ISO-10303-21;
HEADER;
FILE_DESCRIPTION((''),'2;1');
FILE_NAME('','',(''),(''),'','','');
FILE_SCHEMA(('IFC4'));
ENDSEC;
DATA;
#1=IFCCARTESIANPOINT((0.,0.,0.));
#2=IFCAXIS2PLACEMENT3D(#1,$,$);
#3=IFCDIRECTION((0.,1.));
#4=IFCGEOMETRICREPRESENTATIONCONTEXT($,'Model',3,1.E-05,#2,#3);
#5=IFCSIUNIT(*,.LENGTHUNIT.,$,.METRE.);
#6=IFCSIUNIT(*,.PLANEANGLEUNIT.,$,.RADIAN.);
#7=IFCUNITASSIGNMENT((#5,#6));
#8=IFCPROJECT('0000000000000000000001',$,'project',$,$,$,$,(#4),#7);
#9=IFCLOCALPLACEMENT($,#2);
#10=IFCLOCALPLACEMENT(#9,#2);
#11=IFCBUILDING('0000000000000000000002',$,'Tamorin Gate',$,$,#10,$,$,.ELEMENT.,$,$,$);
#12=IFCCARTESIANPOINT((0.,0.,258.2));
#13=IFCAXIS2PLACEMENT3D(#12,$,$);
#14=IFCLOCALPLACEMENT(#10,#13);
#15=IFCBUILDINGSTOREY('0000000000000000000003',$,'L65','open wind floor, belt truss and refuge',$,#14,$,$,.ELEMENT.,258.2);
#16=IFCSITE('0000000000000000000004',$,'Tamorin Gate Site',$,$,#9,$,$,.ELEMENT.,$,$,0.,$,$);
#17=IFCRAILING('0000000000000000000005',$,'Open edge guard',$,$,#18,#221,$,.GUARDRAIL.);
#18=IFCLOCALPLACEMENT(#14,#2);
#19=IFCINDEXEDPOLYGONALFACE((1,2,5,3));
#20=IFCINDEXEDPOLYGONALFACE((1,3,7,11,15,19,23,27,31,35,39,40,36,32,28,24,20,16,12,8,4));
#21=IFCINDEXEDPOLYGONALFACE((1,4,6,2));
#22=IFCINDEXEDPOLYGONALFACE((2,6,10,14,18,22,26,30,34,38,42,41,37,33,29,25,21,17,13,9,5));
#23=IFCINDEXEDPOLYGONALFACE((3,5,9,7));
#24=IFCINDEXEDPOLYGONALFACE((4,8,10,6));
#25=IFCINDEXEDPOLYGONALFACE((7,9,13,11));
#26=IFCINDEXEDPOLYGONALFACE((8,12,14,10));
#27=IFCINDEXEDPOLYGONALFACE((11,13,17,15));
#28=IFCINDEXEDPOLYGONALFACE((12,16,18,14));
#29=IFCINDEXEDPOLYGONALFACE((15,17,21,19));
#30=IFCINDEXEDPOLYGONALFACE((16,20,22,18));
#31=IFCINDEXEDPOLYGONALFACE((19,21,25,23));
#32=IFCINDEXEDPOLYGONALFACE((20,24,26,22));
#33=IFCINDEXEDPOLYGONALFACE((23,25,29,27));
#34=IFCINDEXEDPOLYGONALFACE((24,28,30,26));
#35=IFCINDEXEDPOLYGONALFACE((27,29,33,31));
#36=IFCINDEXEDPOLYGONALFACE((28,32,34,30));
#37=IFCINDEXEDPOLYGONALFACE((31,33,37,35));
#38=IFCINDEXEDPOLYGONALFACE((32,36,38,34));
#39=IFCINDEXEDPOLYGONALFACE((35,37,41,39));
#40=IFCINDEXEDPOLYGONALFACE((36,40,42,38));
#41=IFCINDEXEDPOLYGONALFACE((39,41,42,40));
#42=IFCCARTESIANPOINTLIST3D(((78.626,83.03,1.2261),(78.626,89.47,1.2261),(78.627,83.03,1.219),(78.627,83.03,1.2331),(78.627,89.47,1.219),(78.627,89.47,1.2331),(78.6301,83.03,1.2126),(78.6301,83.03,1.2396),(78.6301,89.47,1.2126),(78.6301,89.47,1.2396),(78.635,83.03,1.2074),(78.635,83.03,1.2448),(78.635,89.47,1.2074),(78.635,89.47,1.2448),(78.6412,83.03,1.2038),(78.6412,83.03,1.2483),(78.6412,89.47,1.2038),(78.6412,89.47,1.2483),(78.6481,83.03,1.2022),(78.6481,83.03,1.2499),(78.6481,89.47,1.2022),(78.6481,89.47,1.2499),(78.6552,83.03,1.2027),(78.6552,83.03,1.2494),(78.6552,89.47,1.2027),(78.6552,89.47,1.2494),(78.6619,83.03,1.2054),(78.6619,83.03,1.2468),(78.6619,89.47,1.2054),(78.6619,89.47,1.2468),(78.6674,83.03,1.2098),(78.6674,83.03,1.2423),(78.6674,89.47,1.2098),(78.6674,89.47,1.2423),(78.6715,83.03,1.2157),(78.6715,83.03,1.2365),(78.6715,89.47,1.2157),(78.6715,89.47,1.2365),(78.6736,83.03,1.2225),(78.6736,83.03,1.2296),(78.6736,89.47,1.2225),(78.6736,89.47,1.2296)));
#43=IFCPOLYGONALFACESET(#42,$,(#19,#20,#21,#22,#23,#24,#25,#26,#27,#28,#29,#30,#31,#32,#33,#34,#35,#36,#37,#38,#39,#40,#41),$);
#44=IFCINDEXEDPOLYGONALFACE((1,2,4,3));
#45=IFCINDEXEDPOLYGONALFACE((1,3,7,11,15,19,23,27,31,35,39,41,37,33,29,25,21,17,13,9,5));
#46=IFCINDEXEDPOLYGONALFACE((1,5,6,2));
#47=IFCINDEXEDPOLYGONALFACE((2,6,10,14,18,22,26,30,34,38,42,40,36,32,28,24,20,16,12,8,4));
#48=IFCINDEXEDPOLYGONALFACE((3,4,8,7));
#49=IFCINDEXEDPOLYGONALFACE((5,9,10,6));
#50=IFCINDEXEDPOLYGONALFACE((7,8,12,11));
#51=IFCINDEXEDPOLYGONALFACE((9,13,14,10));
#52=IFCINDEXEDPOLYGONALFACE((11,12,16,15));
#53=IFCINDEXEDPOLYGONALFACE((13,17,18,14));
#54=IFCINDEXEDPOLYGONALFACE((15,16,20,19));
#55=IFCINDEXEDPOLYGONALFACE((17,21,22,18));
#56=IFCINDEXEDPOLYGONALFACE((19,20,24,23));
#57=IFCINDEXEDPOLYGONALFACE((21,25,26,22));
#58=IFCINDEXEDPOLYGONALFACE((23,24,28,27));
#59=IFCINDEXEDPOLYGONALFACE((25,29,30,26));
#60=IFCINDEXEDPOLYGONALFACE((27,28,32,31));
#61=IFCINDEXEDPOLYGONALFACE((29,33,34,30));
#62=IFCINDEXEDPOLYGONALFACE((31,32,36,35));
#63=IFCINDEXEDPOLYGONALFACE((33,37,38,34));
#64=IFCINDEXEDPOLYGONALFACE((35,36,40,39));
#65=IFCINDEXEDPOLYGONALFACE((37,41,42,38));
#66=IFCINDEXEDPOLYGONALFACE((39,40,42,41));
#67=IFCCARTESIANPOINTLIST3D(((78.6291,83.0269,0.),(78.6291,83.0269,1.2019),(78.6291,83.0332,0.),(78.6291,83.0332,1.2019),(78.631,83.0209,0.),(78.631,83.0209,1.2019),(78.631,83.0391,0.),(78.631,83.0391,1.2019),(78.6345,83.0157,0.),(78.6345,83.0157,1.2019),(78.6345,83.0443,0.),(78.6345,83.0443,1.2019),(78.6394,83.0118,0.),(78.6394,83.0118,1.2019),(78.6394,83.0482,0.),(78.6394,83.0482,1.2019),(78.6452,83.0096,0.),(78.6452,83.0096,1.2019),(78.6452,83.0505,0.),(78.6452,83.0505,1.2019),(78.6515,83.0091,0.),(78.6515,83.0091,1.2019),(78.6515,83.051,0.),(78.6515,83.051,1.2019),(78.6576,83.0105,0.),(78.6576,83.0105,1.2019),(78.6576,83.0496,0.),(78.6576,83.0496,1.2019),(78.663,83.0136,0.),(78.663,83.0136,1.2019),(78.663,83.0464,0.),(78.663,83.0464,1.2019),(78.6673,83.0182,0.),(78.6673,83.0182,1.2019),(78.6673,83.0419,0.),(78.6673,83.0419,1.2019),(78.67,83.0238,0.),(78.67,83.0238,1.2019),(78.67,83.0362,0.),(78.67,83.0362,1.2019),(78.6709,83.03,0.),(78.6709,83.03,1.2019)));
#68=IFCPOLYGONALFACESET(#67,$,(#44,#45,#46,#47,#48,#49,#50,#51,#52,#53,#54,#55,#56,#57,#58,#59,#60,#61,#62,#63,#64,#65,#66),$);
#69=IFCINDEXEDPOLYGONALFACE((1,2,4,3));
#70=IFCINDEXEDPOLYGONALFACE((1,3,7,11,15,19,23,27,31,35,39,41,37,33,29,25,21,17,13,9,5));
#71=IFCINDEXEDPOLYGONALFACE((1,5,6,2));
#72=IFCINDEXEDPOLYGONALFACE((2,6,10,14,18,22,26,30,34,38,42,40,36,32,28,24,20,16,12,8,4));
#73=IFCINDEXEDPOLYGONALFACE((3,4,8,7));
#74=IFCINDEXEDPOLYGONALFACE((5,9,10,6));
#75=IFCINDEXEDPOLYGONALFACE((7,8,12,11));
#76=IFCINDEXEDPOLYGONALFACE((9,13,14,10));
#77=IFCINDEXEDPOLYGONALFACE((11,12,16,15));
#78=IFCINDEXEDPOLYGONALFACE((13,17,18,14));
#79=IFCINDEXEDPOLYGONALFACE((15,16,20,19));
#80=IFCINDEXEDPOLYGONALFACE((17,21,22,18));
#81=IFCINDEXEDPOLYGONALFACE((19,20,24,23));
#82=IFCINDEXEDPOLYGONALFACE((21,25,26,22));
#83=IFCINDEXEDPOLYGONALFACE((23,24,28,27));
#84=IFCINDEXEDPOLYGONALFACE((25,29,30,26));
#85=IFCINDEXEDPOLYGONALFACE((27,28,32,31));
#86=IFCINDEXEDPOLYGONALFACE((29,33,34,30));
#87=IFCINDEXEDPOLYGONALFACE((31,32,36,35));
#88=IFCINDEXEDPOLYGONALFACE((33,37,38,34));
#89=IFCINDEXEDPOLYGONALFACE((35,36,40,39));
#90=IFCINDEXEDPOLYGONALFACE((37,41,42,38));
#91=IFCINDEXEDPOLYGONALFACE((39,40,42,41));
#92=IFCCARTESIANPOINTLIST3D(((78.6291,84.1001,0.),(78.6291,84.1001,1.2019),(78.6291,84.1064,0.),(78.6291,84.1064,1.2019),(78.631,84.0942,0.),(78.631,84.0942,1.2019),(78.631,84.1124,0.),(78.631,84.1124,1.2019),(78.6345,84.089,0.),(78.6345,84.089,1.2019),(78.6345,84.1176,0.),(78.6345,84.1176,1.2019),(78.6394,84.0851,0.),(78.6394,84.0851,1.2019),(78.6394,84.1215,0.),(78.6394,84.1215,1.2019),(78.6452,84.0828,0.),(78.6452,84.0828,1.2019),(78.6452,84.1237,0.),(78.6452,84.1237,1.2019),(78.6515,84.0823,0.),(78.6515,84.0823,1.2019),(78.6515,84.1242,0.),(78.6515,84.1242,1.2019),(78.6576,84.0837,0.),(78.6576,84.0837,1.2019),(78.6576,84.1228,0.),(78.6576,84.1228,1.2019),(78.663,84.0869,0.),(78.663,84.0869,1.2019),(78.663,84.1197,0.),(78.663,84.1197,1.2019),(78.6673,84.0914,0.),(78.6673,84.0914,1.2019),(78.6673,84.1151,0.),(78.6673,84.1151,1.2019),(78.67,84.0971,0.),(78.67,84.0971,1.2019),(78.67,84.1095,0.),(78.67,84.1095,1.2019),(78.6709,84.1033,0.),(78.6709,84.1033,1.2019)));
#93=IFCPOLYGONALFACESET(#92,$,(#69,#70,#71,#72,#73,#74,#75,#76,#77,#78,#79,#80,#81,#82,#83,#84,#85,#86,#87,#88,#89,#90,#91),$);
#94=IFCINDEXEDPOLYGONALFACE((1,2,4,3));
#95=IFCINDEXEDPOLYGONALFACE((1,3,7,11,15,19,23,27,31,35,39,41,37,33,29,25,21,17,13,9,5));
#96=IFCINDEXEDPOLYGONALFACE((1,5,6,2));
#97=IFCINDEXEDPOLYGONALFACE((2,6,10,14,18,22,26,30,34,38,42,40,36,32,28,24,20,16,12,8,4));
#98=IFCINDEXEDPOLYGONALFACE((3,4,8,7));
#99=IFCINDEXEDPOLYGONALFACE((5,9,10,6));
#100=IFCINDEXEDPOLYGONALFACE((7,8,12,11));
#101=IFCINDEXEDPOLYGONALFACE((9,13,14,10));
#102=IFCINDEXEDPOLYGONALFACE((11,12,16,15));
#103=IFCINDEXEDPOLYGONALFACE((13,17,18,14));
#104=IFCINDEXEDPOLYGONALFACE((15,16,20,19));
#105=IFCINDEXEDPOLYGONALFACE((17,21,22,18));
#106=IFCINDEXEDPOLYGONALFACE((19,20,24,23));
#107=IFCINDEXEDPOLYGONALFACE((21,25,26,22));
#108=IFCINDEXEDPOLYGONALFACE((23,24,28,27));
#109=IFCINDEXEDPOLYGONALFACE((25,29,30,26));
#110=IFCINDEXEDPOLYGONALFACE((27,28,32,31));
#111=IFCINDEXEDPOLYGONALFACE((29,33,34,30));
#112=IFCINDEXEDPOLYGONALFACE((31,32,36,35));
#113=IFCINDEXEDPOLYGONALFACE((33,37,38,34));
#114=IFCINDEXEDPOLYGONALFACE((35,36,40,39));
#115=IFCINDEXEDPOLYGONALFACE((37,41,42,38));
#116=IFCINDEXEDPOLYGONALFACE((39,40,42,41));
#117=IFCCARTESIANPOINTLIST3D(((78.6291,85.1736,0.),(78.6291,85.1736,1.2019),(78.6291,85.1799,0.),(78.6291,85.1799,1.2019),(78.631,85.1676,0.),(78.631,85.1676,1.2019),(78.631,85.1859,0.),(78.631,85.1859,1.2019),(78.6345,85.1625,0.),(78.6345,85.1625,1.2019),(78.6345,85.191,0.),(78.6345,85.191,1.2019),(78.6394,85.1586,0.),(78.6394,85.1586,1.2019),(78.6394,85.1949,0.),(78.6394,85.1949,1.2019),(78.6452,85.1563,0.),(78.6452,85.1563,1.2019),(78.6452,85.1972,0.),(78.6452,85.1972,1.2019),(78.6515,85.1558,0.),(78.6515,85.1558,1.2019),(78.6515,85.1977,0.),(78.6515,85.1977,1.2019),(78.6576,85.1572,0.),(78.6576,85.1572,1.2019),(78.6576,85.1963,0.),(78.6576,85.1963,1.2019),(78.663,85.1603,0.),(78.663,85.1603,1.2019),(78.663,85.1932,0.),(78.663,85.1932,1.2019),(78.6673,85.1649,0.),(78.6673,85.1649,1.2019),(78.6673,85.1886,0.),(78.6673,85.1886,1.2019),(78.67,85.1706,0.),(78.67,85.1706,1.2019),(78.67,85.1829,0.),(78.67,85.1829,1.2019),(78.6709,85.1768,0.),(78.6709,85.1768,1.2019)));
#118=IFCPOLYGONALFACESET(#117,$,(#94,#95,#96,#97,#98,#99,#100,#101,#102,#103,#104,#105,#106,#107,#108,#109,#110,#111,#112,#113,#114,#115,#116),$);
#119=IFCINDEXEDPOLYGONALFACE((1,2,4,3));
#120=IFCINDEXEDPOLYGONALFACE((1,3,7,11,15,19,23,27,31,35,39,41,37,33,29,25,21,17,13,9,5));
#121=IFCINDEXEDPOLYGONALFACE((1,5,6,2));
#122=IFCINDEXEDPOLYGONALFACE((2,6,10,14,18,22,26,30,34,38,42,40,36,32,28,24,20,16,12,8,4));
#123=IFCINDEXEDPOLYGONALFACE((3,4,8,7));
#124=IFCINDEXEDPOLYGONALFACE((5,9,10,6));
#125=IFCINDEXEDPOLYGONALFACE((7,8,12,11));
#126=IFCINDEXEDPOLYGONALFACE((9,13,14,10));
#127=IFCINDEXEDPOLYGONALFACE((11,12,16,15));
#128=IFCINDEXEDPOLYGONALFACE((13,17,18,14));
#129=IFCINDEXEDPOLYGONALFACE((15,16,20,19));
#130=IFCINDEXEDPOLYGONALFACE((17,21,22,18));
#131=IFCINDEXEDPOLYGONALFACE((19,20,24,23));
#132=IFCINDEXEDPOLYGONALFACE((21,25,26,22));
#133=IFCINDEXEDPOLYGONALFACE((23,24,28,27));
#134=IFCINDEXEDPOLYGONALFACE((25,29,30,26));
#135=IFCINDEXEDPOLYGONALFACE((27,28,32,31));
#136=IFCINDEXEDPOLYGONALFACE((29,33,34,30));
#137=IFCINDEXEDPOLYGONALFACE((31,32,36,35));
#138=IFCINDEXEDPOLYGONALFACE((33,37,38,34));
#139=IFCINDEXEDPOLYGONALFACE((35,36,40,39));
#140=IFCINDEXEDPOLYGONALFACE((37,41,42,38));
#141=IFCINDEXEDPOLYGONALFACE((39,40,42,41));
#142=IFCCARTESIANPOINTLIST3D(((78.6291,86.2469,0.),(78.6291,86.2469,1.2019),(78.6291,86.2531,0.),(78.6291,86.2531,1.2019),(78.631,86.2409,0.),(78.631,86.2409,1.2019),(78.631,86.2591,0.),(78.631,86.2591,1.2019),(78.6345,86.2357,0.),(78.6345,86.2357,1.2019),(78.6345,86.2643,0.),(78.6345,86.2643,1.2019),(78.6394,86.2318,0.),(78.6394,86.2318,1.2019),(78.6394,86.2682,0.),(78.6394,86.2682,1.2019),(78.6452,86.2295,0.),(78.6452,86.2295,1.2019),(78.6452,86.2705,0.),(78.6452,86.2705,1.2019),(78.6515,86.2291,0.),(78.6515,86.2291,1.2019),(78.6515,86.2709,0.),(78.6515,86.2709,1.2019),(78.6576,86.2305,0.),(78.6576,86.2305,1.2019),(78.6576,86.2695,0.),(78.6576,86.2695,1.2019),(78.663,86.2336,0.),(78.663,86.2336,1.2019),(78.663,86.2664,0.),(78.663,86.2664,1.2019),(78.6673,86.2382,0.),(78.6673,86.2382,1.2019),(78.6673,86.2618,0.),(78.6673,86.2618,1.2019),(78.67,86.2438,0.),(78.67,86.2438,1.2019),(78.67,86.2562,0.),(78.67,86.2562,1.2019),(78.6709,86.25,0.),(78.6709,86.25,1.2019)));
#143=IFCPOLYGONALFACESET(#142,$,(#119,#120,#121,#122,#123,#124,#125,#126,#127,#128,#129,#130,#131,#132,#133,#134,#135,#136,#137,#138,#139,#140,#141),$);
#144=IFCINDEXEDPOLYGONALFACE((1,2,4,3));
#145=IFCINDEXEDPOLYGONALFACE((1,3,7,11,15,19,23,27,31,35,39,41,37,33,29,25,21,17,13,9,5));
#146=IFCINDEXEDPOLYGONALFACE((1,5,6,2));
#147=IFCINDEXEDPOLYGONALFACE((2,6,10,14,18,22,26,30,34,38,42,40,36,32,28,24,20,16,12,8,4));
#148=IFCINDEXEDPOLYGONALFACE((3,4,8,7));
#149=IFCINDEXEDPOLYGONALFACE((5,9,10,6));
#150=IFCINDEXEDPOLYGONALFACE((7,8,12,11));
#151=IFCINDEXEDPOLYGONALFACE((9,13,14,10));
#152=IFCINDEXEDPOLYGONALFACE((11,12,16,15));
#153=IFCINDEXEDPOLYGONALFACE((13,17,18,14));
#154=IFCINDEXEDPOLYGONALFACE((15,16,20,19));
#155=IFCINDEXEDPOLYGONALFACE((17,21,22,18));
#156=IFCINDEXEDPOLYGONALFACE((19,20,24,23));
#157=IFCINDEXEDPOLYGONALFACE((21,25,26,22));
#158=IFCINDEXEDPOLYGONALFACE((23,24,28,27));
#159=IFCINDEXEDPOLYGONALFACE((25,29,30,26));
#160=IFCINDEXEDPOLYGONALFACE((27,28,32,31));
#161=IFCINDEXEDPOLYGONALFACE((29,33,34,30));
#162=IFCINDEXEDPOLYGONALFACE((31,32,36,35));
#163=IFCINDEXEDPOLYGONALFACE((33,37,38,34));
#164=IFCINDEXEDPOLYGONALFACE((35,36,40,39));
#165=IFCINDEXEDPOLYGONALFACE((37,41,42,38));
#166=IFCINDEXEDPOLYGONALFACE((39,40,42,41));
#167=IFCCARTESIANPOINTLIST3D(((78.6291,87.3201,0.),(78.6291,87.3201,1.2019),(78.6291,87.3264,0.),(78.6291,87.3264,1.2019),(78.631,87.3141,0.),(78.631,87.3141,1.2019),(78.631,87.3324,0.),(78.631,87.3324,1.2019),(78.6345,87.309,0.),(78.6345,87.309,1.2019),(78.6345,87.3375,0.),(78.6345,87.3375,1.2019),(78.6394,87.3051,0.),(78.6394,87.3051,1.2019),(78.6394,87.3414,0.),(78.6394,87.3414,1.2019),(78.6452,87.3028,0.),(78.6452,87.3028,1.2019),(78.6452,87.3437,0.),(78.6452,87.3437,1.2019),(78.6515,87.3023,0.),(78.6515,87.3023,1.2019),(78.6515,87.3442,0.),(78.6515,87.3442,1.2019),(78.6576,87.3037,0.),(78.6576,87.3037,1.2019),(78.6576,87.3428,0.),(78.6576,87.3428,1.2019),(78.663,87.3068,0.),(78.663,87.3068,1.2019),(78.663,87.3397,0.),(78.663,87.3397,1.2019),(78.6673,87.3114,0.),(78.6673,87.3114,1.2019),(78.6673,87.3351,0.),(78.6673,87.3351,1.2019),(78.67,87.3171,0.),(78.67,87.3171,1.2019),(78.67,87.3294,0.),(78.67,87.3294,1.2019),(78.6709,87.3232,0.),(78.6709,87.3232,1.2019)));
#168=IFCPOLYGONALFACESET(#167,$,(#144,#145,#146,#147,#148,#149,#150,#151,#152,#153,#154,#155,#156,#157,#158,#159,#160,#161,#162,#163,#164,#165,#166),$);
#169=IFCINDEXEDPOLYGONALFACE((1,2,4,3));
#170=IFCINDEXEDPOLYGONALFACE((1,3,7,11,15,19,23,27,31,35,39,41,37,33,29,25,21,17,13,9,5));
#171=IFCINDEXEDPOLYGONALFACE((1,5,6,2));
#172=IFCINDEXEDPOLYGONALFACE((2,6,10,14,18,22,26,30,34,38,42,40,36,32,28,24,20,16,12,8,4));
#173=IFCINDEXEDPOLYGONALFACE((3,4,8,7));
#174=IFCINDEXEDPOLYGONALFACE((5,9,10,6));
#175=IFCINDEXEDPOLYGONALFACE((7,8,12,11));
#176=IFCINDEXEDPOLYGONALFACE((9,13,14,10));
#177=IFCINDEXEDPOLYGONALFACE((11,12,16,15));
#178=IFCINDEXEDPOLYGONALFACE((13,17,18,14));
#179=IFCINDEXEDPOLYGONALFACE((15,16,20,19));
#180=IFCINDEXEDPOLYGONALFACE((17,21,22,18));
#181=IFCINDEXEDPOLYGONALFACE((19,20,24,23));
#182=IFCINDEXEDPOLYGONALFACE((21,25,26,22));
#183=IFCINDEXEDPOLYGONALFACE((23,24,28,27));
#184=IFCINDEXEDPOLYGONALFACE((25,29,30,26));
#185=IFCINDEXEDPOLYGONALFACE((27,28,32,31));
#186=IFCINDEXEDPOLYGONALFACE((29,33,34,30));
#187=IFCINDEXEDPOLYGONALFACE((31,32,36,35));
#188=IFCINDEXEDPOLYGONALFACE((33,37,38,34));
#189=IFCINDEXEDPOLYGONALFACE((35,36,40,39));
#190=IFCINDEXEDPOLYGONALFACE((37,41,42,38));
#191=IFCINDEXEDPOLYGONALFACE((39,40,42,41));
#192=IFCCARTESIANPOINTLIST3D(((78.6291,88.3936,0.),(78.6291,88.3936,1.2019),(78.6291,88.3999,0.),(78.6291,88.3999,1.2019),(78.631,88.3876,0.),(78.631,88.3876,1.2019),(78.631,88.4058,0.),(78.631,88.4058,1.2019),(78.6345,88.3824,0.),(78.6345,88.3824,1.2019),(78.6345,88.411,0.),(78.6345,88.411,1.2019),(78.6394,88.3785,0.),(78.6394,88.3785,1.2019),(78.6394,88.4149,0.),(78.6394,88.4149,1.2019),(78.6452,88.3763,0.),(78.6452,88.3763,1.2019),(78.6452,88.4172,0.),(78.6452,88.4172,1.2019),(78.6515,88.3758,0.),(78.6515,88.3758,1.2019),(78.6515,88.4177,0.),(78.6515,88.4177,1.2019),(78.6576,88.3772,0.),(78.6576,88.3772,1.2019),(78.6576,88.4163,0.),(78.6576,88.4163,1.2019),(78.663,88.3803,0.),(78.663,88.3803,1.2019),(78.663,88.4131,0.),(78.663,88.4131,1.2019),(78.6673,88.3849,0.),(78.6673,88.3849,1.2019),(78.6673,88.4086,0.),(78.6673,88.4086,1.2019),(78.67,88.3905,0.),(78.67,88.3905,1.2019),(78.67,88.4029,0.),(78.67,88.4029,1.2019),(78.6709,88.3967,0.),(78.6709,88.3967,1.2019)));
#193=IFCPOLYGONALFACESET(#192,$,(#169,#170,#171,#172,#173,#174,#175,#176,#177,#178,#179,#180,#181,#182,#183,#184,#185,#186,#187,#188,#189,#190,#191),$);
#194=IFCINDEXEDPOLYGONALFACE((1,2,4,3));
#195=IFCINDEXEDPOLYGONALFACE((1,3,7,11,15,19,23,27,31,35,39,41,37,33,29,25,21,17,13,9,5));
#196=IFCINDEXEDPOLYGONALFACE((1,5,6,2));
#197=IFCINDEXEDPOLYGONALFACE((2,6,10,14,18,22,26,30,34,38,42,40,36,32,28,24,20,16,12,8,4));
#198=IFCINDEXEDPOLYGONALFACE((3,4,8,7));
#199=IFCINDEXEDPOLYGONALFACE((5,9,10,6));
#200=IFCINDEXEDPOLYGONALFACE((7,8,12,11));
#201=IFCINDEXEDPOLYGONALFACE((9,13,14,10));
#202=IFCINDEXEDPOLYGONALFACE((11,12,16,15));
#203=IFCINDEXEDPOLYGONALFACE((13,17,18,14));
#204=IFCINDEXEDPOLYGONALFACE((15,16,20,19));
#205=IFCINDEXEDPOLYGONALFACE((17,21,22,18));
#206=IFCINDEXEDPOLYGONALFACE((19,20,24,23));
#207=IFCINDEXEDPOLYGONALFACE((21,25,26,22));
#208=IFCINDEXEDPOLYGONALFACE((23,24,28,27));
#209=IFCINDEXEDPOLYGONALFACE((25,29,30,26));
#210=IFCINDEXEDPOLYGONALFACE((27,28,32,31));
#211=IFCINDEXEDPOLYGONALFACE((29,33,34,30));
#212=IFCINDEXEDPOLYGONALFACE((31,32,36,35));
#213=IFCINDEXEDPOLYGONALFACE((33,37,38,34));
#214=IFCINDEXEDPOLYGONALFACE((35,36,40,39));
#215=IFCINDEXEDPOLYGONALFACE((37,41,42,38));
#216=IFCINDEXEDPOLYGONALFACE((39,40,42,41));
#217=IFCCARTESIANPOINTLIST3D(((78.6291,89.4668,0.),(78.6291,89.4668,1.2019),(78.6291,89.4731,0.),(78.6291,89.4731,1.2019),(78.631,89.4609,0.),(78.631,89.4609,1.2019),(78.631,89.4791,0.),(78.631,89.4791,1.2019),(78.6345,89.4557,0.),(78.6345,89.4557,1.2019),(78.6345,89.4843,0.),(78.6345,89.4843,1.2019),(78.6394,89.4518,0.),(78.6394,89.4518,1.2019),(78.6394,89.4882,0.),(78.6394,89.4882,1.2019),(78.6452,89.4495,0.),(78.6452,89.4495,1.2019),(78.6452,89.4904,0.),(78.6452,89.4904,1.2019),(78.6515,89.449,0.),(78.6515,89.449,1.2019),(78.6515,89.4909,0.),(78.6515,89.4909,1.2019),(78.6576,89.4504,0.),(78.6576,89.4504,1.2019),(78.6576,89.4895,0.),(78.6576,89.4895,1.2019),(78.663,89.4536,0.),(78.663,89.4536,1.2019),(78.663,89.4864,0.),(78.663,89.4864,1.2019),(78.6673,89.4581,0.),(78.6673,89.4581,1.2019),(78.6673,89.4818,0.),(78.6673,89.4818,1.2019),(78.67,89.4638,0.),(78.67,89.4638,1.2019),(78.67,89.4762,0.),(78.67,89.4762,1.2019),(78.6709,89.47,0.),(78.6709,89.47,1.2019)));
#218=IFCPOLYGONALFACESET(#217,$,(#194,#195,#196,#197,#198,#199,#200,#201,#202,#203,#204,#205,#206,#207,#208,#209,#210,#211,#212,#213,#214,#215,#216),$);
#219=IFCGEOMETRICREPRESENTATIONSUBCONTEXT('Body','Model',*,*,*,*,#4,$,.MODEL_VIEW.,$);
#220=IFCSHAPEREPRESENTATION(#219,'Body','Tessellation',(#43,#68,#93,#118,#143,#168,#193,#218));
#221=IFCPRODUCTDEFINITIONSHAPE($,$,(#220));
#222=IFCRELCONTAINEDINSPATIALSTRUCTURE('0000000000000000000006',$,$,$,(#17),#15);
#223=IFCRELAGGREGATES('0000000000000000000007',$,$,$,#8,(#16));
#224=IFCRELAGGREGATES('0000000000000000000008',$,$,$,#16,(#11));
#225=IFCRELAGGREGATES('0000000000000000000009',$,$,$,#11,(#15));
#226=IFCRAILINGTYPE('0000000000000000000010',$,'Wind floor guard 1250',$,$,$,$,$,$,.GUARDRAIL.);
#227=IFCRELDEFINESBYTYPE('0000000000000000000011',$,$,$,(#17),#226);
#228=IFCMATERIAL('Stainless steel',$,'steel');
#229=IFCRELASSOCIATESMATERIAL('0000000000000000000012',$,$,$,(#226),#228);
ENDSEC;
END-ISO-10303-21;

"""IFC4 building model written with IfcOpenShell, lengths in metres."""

from ifc_helpers import new_model, si_unit, direction, frame, origin, origin_2d, place, context, subcontext, project, spatial, circle, extrude, material, type_object, element, save


model = new_model("IFC4")

# Units and contexts
model_context = context("Model", 3, precision=1e-05, world=origin(), true_north=direction((0.0, 1.0)))
body_context = subcontext(model_context, "Body", "Model", "MODEL_VIEW")
ifc_project = project(units=[si_unit("LENGTHUNIT", "METRE"), si_unit("PLANEANGLEUNIT", "RADIAN")], contexts=[model_context])

# Site, building, storey
site_placement = place(None, origin())
site = spatial("IfcSite", under=ifc_project, at=site_placement, Name="Tamorin Gate Site", CompositionType="ELEMENT", RefElevation=0.0)
building_placement = place(site_placement, origin())
building = spatial("IfcBuilding", under=site, at=building_placement, Name="Tamorin Gate", CompositionType="ELEMENT")
storey_placement = place(building_placement, frame((0.0, 0.0, 258.2)))
storey = spatial("IfcBuildingStorey", under=building, at=storey_placement, Name="L65", Description="open wind floor, belt truss and refuge", CompositionType="ELEMENT", Elevation=258.2)

# Railing
ifc_material_1 = material(Name="Stainless steel", Category="steel")
railing_type = type_object("IfcRailingType", Name="Wind floor guard 1250", PredefinedType="GUARDRAIL", material=ifc_material_1)
railing_1_placement = place(storey_placement, frame((78.6499, 83.03, 0.0)))
element("IfcRailing", 1, at=railing_1_placement, inside=storey, type_object=railing_type, Name="Open edge guard", PredefinedType="GUARDRAIL", context=body_context, shape_type="SweptSolid", body=[
    extrude(circle(Radius=0.0239, at=origin_2d()), frame((0.0, 0.0, 1.2261), z_axis=(0.0, 1.0, 0.0), x_axis=(-1.0, 0.0, 0.0)), (0.0, 0.0, 1.0), 6.4399),
    extrude(circle(Radius=0.021, at=origin_2d()), origin(), (0.0, 0.0, 1.0), 1.2019),
    extrude(circle(Radius=0.021, at=origin_2d()), frame((0.0, 1.0732, 0.0)), (0.0, 0.0, 1.0), 1.2019),
    extrude(circle(Radius=0.021, at=origin_2d()), frame((0.0, 2.1467, 0.0)), (0.0, 0.0, 1.0), 1.2019),
    extrude(circle(Radius=0.021, at=origin_2d()), frame((0.0, 3.22, 0.0)), (0.0, 0.0, 1.0), 1.2019),
    extrude(circle(Radius=0.021, at=origin_2d()), frame((0.0, 4.2932, 0.0)), (0.0, 0.0, 1.0), 1.2019),
    extrude(circle(Radius=0.021, at=origin_2d()), frame((0.0, 5.3667, 0.0)), (0.0, 0.0, 1.0), 1.2019),
    extrude(circle(Radius=0.021, at=origin_2d()), frame((0.0, 6.4399, 0.0)), (0.0, 0.0, 1.0), 1.2019),
])

save(model, "model.ifc")
